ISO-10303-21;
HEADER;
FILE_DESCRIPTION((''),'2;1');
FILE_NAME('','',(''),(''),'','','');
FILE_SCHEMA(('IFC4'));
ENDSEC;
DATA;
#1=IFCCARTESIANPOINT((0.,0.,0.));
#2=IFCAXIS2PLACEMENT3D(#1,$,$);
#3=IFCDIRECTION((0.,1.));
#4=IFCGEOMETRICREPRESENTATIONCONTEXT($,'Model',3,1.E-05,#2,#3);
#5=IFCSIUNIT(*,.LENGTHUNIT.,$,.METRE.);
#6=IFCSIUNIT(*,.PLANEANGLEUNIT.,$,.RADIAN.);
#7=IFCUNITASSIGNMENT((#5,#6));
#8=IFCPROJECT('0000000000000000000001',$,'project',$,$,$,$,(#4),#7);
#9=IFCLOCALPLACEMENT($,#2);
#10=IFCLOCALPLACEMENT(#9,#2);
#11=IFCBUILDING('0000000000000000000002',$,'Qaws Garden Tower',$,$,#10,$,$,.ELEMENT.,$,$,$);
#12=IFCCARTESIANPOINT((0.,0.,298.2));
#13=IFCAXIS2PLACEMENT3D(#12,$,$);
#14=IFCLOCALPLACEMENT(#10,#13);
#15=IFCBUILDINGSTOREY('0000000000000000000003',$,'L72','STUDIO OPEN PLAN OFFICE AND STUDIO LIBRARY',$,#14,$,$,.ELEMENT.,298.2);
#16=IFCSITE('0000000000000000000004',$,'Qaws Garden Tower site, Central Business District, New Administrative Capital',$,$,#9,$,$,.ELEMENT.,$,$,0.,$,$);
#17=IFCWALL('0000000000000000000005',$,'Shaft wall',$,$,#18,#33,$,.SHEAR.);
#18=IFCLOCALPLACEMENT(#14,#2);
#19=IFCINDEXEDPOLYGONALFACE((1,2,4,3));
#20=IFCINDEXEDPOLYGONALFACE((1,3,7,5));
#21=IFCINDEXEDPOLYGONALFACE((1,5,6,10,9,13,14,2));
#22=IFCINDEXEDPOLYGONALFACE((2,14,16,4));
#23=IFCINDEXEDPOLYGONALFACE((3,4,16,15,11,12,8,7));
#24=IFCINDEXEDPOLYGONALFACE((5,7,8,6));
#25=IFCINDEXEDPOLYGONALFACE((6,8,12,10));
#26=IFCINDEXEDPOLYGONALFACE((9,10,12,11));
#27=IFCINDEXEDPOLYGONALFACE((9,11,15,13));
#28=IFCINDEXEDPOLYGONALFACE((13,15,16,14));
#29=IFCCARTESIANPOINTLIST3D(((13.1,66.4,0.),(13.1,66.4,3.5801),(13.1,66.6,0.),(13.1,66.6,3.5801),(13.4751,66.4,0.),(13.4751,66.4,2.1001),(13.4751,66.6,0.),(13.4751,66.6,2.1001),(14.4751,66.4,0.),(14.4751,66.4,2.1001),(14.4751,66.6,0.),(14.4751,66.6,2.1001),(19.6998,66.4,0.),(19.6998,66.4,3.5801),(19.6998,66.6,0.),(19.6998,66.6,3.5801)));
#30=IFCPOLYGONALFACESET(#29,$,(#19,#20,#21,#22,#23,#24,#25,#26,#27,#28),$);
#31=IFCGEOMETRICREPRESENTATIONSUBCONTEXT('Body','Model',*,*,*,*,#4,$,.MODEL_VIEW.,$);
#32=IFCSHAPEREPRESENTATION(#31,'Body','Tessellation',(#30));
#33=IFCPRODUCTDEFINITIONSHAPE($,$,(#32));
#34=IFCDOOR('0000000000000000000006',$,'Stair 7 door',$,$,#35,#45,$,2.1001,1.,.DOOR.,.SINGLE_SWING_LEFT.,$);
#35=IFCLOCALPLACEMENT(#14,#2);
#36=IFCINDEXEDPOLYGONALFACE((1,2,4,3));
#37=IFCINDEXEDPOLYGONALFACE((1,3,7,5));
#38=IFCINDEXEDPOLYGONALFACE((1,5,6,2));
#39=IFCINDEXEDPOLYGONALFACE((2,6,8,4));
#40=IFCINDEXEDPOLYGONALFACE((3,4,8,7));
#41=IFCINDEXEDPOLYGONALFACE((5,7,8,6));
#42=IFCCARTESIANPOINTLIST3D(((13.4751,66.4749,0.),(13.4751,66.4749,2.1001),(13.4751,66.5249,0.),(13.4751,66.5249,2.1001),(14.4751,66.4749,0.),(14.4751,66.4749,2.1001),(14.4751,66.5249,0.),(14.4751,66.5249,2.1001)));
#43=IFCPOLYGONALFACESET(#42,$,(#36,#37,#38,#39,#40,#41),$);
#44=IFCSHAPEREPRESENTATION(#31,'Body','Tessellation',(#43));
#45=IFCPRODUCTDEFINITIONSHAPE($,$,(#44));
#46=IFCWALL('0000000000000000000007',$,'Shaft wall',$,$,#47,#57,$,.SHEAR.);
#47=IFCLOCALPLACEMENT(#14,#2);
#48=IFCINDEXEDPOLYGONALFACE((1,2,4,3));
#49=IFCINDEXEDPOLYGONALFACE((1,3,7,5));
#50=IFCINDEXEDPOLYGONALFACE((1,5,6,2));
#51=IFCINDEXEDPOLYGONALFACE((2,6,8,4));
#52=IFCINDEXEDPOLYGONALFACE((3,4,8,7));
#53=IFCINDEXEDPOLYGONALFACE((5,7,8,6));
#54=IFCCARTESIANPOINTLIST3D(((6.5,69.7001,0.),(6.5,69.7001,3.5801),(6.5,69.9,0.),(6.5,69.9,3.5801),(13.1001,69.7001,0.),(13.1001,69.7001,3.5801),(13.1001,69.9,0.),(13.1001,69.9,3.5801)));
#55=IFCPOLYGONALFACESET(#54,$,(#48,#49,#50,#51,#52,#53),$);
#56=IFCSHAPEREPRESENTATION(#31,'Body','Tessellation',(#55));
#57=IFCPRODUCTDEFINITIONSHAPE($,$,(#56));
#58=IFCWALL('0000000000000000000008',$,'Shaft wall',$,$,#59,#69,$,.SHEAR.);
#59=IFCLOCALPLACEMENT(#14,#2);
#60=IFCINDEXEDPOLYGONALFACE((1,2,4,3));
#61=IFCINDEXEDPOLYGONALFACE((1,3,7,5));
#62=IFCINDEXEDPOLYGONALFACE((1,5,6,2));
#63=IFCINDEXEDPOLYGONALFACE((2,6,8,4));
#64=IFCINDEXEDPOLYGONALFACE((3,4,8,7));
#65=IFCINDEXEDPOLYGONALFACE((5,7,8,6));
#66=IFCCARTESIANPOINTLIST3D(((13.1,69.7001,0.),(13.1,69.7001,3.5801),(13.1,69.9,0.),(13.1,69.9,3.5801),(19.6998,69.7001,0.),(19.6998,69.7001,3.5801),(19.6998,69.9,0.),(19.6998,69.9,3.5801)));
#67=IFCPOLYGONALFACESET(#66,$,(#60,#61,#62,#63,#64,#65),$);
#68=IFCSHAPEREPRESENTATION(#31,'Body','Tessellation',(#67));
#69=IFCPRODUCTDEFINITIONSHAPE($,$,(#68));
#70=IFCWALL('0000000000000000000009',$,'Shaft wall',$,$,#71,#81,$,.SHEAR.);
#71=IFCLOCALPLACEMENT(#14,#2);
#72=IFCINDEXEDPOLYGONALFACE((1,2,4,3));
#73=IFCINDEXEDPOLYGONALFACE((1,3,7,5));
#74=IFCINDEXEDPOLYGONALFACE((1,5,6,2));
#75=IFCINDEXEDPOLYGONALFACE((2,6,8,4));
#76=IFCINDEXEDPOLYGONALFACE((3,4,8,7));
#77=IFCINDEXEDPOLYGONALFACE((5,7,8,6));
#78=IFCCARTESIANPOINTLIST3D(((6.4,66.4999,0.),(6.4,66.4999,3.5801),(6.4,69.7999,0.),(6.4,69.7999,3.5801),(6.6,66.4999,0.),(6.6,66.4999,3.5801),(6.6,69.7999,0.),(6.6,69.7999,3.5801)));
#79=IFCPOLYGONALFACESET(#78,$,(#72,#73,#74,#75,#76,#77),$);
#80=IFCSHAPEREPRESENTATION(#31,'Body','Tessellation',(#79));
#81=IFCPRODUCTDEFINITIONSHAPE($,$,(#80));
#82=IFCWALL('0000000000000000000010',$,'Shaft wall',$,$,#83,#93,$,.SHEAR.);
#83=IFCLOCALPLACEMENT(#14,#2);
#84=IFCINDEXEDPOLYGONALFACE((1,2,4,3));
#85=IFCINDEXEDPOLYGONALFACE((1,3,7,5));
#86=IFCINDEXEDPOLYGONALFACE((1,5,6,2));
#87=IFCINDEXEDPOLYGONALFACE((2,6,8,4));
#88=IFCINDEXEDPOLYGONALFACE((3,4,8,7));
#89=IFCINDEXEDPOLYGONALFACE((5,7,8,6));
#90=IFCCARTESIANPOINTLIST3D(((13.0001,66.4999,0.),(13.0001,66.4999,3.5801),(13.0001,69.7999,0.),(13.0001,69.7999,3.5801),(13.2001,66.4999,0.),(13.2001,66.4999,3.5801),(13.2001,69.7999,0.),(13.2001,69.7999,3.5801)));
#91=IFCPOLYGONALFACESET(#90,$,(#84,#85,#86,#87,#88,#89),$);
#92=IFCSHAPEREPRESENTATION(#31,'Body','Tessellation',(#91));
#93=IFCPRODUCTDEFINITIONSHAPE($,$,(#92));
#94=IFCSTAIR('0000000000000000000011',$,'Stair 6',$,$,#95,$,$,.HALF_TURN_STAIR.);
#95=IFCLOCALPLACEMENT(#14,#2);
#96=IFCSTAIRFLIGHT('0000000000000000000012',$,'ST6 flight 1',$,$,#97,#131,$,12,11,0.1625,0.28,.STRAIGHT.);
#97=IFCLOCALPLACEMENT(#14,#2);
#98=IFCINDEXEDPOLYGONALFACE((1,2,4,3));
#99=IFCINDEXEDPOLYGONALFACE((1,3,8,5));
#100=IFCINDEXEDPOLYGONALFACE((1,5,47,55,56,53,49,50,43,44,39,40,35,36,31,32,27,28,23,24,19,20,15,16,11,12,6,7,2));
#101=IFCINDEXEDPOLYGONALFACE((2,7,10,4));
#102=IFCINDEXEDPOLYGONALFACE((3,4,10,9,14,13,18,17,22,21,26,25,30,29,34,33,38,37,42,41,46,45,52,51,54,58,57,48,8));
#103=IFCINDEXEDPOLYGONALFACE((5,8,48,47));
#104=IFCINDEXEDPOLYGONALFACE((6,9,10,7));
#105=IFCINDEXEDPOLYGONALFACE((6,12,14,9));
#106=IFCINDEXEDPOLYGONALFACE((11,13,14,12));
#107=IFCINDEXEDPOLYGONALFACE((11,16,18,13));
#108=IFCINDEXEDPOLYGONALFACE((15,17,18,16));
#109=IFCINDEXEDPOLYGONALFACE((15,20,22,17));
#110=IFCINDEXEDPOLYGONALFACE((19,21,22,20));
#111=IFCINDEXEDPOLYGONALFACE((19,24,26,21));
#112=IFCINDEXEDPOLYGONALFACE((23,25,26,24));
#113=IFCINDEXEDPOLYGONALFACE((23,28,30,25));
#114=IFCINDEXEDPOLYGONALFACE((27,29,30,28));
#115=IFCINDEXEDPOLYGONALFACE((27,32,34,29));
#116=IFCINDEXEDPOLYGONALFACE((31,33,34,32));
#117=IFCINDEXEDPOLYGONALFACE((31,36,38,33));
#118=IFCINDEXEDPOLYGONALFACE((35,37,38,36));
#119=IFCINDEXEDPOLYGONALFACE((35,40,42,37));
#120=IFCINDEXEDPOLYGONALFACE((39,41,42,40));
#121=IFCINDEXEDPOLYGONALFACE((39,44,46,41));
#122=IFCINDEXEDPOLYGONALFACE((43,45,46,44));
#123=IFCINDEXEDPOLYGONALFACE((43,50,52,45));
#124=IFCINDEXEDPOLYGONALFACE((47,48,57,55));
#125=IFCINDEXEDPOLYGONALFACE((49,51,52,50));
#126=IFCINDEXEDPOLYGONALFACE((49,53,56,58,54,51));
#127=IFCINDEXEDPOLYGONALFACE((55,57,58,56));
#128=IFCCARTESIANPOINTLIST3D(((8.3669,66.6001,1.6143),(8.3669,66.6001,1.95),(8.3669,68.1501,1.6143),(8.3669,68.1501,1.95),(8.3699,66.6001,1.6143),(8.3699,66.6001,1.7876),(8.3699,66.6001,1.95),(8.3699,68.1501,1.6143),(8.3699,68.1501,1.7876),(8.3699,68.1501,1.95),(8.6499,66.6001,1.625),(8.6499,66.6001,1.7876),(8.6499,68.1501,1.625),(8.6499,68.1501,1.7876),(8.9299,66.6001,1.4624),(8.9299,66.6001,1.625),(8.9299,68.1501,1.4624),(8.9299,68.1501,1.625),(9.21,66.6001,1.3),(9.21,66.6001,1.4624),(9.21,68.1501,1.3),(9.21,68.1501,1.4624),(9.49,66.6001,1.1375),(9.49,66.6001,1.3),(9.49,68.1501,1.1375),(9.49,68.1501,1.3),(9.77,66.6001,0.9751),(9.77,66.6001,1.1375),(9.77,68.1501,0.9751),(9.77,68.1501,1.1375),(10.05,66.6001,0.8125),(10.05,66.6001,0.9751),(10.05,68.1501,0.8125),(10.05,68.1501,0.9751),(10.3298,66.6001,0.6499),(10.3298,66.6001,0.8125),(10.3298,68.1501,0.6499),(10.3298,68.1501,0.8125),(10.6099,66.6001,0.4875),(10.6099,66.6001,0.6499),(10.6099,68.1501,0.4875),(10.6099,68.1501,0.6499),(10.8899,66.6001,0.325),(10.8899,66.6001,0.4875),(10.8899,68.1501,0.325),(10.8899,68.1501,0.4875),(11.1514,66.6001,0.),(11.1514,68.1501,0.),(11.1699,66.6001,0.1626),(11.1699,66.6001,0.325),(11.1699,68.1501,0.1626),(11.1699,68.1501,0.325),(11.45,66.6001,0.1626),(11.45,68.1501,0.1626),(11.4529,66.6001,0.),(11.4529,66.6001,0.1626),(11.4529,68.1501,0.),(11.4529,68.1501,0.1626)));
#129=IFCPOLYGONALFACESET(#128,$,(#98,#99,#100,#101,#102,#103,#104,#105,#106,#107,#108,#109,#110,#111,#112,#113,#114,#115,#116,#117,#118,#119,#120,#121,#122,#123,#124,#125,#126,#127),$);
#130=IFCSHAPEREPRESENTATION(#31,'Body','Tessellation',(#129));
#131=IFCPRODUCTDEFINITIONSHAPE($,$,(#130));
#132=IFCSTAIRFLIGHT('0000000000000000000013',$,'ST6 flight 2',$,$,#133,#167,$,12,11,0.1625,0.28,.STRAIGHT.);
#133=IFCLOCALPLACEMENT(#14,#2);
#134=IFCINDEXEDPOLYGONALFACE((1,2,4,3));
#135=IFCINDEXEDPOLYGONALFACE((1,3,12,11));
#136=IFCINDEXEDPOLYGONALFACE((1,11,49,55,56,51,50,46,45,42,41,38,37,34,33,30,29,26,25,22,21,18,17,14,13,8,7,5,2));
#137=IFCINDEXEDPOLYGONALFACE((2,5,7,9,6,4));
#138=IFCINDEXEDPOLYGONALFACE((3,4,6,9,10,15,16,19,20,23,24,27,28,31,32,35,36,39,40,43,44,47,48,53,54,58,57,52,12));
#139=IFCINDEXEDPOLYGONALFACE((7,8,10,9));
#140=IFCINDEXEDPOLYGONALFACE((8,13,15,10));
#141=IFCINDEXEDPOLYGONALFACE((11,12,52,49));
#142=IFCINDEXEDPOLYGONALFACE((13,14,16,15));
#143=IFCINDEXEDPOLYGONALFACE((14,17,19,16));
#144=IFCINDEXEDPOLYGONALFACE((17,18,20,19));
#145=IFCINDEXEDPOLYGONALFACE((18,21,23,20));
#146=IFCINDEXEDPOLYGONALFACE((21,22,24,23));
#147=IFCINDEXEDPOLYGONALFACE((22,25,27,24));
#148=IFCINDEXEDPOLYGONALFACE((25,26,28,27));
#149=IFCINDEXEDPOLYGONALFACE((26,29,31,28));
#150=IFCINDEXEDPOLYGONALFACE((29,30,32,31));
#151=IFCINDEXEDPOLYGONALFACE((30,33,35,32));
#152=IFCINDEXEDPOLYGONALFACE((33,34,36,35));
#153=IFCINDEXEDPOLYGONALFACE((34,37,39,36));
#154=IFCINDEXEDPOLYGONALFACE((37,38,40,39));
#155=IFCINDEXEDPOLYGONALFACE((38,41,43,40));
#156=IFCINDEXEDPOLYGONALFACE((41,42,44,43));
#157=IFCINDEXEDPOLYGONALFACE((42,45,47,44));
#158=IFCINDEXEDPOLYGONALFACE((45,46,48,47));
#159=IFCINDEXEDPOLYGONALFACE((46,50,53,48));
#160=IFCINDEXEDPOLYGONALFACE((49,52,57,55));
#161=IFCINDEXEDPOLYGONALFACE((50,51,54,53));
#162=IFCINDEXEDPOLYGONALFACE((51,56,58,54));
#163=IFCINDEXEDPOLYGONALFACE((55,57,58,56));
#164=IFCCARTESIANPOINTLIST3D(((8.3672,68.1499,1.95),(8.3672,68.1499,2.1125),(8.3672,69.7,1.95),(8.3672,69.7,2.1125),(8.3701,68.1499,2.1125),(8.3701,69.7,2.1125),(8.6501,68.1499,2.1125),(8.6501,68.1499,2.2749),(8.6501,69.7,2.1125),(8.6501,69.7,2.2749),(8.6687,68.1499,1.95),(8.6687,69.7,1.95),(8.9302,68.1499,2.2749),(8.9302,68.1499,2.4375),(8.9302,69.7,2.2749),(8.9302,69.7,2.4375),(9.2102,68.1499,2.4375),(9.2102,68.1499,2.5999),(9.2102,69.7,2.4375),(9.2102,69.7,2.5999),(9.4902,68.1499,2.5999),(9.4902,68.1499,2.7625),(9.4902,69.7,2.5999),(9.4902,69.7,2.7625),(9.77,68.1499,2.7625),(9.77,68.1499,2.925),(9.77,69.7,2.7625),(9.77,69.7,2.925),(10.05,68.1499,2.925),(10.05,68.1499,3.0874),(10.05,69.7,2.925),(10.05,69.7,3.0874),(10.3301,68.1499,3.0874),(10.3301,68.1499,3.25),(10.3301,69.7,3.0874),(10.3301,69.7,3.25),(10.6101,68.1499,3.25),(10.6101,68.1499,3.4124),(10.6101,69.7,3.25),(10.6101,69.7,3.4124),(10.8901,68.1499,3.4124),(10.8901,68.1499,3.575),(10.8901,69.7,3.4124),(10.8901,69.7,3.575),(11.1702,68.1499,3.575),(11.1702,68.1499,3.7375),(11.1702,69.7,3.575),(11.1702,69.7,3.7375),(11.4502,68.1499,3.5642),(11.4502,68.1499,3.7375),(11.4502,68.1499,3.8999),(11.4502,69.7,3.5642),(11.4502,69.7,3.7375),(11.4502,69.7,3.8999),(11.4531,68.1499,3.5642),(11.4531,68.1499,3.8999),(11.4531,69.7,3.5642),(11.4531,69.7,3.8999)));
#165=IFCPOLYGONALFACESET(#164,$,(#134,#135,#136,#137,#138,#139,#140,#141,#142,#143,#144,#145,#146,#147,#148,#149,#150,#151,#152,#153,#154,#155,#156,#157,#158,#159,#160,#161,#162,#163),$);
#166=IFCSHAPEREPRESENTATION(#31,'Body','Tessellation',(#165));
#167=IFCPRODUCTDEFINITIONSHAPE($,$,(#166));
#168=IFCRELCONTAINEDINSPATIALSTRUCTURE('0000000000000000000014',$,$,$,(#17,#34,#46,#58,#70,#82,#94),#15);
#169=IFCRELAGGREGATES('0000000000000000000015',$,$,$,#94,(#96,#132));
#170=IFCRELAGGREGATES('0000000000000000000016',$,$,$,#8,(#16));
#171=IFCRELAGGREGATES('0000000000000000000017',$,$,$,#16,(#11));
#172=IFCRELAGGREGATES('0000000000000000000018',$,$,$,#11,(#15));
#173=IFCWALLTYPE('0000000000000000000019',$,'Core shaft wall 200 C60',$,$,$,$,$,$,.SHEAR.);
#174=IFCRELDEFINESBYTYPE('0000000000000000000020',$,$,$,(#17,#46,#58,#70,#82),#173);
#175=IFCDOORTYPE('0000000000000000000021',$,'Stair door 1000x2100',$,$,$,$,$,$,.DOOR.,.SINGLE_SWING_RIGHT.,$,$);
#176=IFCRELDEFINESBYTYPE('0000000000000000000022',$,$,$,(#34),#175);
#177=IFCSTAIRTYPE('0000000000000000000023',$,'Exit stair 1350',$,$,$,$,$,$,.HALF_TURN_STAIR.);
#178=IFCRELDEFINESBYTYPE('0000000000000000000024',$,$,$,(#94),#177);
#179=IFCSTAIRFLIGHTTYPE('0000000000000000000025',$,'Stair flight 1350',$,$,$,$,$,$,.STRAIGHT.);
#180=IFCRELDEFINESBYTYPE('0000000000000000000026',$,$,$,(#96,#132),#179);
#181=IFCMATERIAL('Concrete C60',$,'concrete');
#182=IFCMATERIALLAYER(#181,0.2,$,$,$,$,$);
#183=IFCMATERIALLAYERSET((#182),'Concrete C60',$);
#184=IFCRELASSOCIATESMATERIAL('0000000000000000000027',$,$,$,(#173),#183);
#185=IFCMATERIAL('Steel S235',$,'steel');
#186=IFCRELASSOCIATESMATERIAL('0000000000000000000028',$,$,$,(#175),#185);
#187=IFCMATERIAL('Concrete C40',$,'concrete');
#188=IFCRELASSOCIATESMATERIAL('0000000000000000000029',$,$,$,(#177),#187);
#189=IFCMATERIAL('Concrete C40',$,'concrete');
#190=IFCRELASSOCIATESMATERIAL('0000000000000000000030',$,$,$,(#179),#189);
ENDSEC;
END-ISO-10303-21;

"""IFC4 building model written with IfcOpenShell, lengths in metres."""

from ifc_helpers import new_model, si_unit, direction, frame, frame_2d, origin, place, context, subcontext, project, spatial, polyline, rectangle, outline, extrude, material, layer, layer_set, type_object, element, fill, aggregate, save


model = new_model("IFC4")

# Units and contexts
model_context = context("Model", 3, precision=1e-05, world=origin(), true_north=direction((0.0, 1.0)))
body_context = subcontext(model_context, "Body", "Model", "MODEL_VIEW")
ifc_project = project(units=[si_unit("LENGTHUNIT", "METRE"), si_unit("PLANEANGLEUNIT", "RADIAN")], contexts=[model_context])

# Site, building, storey
site_placement = place(None, origin())
site = spatial("IfcSite", under=ifc_project, at=site_placement, Name="Qaws Garden Tower site, Central Business District, New Administrative Capital", CompositionType="ELEMENT", RefElevation=0.0)
building_placement = place(site_placement, origin())
building = spatial("IfcBuilding", under=site, at=building_placement, Name="Qaws Garden Tower", CompositionType="ELEMENT")
storey_placement = place(building_placement, frame((0.0, 0.0, 298.2)))
storey = spatial("IfcBuildingStorey", under=building, at=storey_placement, Name="L72", Description="STUDIO OPEN PLAN OFFICE AND STUDIO LIBRARY", CompositionType="ELEMENT", Elevation=298.2)

# Wall, opening, door
ifc_material_1 = material(Name="Concrete C60", Category="concrete")
ifc_layer_1 = layer(ifc_material_1, 0.2)
ifc_layer_set_1 = layer_set([ifc_layer_1], Name="Concrete C60")
wall_type_1 = type_object("IfcWallType", Name="Core shaft wall 200 C60", PredefinedType="SHEAR", material=ifc_layer_set_1)
ifc_material_2 = material(Name="Steel S235", Category="steel")
door_type = type_object("IfcDoorType", Name="Stair door 1000x2100", OperationType="SINGLE_SWING_RIGHT", PredefinedType="DOOR", material=ifc_material_2)
wall_1_placement = place(storey_placement, frame((13.1001, 66.5, 0.0), z_axis=(0.0, 0.0, 1.0), x_axis=(1.0, 0.0, 0.0)))
wall_1 = element("IfcWall", 1, at=wall_1_placement, inside=storey, type_object=wall_type_1, Name="Shaft wall", PredefinedType="SHEAR", context=body_context, shape_type="SweptSolid", body=[
    extrude(rectangle(XDim=6.5999, YDim=0.2, at=frame_2d((3.2998, 0.0))), origin(), (0.0, 0.0, 1.0), 3.5801),
])
opening_1_placement = place(wall_1_placement, frame((0.375, 0.0, 0.0)))
opening_1 = element("IfcOpeningElement", 2, at=opening_1_placement, cuts=wall_1, PredefinedType="OPENING", context=body_context, shape_type="SweptSolid", body=[
    extrude(rectangle(XDim=1.0, YDim=2.1001, at=frame_2d((0.5, 1.05))), frame((0.0, 0.1099, 0.0), z_axis=(0.0, -1.0, 0.0), x_axis=(1.0, 0.0, 0.0)), (0.0, 0.0, 1.0), 0.22),
])
door_1_placement = place(opening_1_placement, origin())
door_1 = element("IfcDoor", 3, at=door_1_placement, inside=storey, type_object=door_type, Name="Stair 7 door", OperationType="SINGLE_SWING_LEFT", OverallHeight=2.1001, OverallWidth=1.0, PredefinedType="DOOR", context=body_context, shape_type="SweptSolid", body=[
    extrude(rectangle(XDim=1.0, YDim=2.1001, at=frame_2d((0.5, 1.05))), frame((0.0, 0.0249, 0.0), z_axis=(0.0, -1.0, 0.0), x_axis=(1.0, 0.0, 0.0)), (0.0, 0.0, 1.0), 0.05),
])
fill(opening_1, door_1)

# Walls
wall_2_placement = place(storey_placement, frame((6.5, 69.8, 0.0), z_axis=(0.0, 0.0, 1.0), x_axis=(1.0, 0.0, 0.0)))
element("IfcWall", 4, at=wall_2_placement, inside=storey, type_object=wall_type_1, Name="Shaft wall", PredefinedType="SHEAR", context=body_context, shape_type="SweptSolid", body=[
    extrude(rectangle(XDim=6.6001, YDim=0.2, at=frame_2d((3.3, 0.0))), origin(), (0.0, 0.0, 1.0), 3.5801),
])
wall_3_placement = place(storey_placement, frame((13.1001, 69.8, 0.0), z_axis=(0.0, 0.0, 1.0), x_axis=(1.0, 0.0, 0.0)))
element("IfcWall", 5, at=wall_3_placement, inside=storey, type_object=wall_type_1, Name="Shaft wall", PredefinedType="SHEAR", context=body_context, shape_type="SweptSolid", body=[
    extrude(rectangle(XDim=6.5999, YDim=0.2, at=frame_2d((3.2998, 0.0))), origin(), (0.0, 0.0, 1.0), 3.5801),
])
for number, where, z_axis, x_axis, name in (
    (6, (6.5, 66.5, 0.0), (0.0, 0.0, 1.0), (0.0, 1.0, 0.0), "Shaft wall"),
    (7, (13.1001, 66.5, 0.0), (0.0, 0.0, 1.0), (0.0, 1.0, 0.0), "Shaft wall"),
):
    element("IfcWall", number, at=place(storey_placement, frame(where, z_axis=z_axis, x_axis=x_axis)), inside=storey, type_object=wall_type_1, Name=name, PredefinedType="SHEAR", context=body_context, shape_type="SweptSolid", body=[
        extrude(rectangle(XDim=3.3, YDim=0.2, at=frame_2d((1.6499, 0.0))), origin(), (0.0, 0.0, 1.0), 3.5801),
    ])

# Stair, stair flights
ifc_material_3 = material(Name="Concrete C40", Category="concrete")
stair_type = type_object("IfcStairType", Name="Exit stair 1350", PredefinedType="HALF_TURN_STAIR", material=ifc_material_3)
stair_placement = place(storey_placement, origin())
stair = element("IfcStair", 8, at=stair_placement, inside=storey, type_object=stair_type, Name="Stair 6", PredefinedType="HALF_TURN_STAIR")
ifc_material_4 = material(Name="Concrete C40", Category="concrete")
stair_flight_type = type_object("IfcStairFlightType", Name="Stair flight 1350", PredefinedType="STRAIGHT", material=ifc_material_4)
stair_flight_1_placement = place(storey_placement, frame((11.45, 67.375, 0.0), z_axis=(0.0, 0.0, 1.0), x_axis=(-1.0, 0.0, 0.0)))
stair_flight_1 = element("IfcStairFlight", 9, at=stair_flight_1_placement, type_object=stair_flight_type, Name="ST6 flight 1", NumberOfRisers=12, NumberOfTreads=11, PredefinedType="STRAIGHT", RiserHeight=0.1625, TreadLength=0.28, context=body_context, shape_type="SweptSolid", body=[
    extrude(outline(polyline([(-0.0029, 0.0), (-0.0029, 0.1626), (0.0, 0.1626), (0.28, 0.1626), (0.28, 0.325), (0.5601, 0.325), (0.5601, 0.4875), (0.8401, 0.4875), (0.8401, 0.6499), (1.1201, 0.6499), (1.1201, 0.8125), (1.3999, 0.8125), (1.3999, 0.9751), (1.6799, 0.9751), (1.6799, 1.1375), (1.96, 1.1375), (1.96, 1.3), (2.24, 1.3), (2.24, 1.4624), (2.52, 1.4624), (2.52, 1.625), (2.8, 1.625), (2.8, 1.7876), (3.0801, 1.7876), (3.0801, 1.95), (3.083, 1.95), (3.083, 1.6143), (3.0801, 1.6143), (0.2986, 0.0), (-0.0029, 0.0)])), frame((0.0, 0.7749, 0.0), z_axis=(0.0, -1.0, 0.0), x_axis=(1.0, 0.0, 0.0)), (0.0, 0.0, 1.0), 1.55),
])
stair_flight_2_placement = place(storey_placement, frame((8.3701, 68.925, 1.95), z_axis=(0.0, 0.0, 1.0), x_axis=(1.0, 0.0, 0.0)))
stair_flight_2 = element("IfcStairFlight", 10, at=stair_flight_2_placement, type_object=stair_flight_type, Name="ST6 flight 2", NumberOfRisers=12, NumberOfTreads=11, PredefinedType="STRAIGHT", RiserHeight=0.1625, TreadLength=0.28, context=body_context, shape_type="SweptSolid", body=[
    extrude(outline(polyline([(-0.0029, 0.0), (-0.0029, 0.1626), (0.0, 0.1626), (0.28, 0.1626), (0.28, 0.325), (0.5601, 0.325), (0.5601, 0.4875), (0.8401, 0.4875), (0.8401, 0.6499), (1.1201, 0.6499), (1.1201, 0.8125), (1.3999, 0.8125), (1.3999, 0.9751), (1.6799, 0.9751), (1.6799, 1.1375), (1.96, 1.1375), (1.96, 1.3), (2.24, 1.3), (2.24, 1.4624), (2.52, 1.4624), (2.52, 1.625), (2.8, 1.625), (2.8, 1.7876), (3.0801, 1.7876), (3.0801, 1.95), (3.083, 1.95), (3.083, 1.6143), (3.0801, 1.6143), (0.2986, 0.0), (-0.0029, 0.0)])), frame((0.0, 0.7749, 0.0), z_axis=(0.0, -1.0, 0.0), x_axis=(1.0, 0.0, 0.0)), (0.0, 0.0, 1.0), 1.55),
])
aggregate(stair, [stair_flight_1, stair_flight_2])

save(model, "model.ifc")
